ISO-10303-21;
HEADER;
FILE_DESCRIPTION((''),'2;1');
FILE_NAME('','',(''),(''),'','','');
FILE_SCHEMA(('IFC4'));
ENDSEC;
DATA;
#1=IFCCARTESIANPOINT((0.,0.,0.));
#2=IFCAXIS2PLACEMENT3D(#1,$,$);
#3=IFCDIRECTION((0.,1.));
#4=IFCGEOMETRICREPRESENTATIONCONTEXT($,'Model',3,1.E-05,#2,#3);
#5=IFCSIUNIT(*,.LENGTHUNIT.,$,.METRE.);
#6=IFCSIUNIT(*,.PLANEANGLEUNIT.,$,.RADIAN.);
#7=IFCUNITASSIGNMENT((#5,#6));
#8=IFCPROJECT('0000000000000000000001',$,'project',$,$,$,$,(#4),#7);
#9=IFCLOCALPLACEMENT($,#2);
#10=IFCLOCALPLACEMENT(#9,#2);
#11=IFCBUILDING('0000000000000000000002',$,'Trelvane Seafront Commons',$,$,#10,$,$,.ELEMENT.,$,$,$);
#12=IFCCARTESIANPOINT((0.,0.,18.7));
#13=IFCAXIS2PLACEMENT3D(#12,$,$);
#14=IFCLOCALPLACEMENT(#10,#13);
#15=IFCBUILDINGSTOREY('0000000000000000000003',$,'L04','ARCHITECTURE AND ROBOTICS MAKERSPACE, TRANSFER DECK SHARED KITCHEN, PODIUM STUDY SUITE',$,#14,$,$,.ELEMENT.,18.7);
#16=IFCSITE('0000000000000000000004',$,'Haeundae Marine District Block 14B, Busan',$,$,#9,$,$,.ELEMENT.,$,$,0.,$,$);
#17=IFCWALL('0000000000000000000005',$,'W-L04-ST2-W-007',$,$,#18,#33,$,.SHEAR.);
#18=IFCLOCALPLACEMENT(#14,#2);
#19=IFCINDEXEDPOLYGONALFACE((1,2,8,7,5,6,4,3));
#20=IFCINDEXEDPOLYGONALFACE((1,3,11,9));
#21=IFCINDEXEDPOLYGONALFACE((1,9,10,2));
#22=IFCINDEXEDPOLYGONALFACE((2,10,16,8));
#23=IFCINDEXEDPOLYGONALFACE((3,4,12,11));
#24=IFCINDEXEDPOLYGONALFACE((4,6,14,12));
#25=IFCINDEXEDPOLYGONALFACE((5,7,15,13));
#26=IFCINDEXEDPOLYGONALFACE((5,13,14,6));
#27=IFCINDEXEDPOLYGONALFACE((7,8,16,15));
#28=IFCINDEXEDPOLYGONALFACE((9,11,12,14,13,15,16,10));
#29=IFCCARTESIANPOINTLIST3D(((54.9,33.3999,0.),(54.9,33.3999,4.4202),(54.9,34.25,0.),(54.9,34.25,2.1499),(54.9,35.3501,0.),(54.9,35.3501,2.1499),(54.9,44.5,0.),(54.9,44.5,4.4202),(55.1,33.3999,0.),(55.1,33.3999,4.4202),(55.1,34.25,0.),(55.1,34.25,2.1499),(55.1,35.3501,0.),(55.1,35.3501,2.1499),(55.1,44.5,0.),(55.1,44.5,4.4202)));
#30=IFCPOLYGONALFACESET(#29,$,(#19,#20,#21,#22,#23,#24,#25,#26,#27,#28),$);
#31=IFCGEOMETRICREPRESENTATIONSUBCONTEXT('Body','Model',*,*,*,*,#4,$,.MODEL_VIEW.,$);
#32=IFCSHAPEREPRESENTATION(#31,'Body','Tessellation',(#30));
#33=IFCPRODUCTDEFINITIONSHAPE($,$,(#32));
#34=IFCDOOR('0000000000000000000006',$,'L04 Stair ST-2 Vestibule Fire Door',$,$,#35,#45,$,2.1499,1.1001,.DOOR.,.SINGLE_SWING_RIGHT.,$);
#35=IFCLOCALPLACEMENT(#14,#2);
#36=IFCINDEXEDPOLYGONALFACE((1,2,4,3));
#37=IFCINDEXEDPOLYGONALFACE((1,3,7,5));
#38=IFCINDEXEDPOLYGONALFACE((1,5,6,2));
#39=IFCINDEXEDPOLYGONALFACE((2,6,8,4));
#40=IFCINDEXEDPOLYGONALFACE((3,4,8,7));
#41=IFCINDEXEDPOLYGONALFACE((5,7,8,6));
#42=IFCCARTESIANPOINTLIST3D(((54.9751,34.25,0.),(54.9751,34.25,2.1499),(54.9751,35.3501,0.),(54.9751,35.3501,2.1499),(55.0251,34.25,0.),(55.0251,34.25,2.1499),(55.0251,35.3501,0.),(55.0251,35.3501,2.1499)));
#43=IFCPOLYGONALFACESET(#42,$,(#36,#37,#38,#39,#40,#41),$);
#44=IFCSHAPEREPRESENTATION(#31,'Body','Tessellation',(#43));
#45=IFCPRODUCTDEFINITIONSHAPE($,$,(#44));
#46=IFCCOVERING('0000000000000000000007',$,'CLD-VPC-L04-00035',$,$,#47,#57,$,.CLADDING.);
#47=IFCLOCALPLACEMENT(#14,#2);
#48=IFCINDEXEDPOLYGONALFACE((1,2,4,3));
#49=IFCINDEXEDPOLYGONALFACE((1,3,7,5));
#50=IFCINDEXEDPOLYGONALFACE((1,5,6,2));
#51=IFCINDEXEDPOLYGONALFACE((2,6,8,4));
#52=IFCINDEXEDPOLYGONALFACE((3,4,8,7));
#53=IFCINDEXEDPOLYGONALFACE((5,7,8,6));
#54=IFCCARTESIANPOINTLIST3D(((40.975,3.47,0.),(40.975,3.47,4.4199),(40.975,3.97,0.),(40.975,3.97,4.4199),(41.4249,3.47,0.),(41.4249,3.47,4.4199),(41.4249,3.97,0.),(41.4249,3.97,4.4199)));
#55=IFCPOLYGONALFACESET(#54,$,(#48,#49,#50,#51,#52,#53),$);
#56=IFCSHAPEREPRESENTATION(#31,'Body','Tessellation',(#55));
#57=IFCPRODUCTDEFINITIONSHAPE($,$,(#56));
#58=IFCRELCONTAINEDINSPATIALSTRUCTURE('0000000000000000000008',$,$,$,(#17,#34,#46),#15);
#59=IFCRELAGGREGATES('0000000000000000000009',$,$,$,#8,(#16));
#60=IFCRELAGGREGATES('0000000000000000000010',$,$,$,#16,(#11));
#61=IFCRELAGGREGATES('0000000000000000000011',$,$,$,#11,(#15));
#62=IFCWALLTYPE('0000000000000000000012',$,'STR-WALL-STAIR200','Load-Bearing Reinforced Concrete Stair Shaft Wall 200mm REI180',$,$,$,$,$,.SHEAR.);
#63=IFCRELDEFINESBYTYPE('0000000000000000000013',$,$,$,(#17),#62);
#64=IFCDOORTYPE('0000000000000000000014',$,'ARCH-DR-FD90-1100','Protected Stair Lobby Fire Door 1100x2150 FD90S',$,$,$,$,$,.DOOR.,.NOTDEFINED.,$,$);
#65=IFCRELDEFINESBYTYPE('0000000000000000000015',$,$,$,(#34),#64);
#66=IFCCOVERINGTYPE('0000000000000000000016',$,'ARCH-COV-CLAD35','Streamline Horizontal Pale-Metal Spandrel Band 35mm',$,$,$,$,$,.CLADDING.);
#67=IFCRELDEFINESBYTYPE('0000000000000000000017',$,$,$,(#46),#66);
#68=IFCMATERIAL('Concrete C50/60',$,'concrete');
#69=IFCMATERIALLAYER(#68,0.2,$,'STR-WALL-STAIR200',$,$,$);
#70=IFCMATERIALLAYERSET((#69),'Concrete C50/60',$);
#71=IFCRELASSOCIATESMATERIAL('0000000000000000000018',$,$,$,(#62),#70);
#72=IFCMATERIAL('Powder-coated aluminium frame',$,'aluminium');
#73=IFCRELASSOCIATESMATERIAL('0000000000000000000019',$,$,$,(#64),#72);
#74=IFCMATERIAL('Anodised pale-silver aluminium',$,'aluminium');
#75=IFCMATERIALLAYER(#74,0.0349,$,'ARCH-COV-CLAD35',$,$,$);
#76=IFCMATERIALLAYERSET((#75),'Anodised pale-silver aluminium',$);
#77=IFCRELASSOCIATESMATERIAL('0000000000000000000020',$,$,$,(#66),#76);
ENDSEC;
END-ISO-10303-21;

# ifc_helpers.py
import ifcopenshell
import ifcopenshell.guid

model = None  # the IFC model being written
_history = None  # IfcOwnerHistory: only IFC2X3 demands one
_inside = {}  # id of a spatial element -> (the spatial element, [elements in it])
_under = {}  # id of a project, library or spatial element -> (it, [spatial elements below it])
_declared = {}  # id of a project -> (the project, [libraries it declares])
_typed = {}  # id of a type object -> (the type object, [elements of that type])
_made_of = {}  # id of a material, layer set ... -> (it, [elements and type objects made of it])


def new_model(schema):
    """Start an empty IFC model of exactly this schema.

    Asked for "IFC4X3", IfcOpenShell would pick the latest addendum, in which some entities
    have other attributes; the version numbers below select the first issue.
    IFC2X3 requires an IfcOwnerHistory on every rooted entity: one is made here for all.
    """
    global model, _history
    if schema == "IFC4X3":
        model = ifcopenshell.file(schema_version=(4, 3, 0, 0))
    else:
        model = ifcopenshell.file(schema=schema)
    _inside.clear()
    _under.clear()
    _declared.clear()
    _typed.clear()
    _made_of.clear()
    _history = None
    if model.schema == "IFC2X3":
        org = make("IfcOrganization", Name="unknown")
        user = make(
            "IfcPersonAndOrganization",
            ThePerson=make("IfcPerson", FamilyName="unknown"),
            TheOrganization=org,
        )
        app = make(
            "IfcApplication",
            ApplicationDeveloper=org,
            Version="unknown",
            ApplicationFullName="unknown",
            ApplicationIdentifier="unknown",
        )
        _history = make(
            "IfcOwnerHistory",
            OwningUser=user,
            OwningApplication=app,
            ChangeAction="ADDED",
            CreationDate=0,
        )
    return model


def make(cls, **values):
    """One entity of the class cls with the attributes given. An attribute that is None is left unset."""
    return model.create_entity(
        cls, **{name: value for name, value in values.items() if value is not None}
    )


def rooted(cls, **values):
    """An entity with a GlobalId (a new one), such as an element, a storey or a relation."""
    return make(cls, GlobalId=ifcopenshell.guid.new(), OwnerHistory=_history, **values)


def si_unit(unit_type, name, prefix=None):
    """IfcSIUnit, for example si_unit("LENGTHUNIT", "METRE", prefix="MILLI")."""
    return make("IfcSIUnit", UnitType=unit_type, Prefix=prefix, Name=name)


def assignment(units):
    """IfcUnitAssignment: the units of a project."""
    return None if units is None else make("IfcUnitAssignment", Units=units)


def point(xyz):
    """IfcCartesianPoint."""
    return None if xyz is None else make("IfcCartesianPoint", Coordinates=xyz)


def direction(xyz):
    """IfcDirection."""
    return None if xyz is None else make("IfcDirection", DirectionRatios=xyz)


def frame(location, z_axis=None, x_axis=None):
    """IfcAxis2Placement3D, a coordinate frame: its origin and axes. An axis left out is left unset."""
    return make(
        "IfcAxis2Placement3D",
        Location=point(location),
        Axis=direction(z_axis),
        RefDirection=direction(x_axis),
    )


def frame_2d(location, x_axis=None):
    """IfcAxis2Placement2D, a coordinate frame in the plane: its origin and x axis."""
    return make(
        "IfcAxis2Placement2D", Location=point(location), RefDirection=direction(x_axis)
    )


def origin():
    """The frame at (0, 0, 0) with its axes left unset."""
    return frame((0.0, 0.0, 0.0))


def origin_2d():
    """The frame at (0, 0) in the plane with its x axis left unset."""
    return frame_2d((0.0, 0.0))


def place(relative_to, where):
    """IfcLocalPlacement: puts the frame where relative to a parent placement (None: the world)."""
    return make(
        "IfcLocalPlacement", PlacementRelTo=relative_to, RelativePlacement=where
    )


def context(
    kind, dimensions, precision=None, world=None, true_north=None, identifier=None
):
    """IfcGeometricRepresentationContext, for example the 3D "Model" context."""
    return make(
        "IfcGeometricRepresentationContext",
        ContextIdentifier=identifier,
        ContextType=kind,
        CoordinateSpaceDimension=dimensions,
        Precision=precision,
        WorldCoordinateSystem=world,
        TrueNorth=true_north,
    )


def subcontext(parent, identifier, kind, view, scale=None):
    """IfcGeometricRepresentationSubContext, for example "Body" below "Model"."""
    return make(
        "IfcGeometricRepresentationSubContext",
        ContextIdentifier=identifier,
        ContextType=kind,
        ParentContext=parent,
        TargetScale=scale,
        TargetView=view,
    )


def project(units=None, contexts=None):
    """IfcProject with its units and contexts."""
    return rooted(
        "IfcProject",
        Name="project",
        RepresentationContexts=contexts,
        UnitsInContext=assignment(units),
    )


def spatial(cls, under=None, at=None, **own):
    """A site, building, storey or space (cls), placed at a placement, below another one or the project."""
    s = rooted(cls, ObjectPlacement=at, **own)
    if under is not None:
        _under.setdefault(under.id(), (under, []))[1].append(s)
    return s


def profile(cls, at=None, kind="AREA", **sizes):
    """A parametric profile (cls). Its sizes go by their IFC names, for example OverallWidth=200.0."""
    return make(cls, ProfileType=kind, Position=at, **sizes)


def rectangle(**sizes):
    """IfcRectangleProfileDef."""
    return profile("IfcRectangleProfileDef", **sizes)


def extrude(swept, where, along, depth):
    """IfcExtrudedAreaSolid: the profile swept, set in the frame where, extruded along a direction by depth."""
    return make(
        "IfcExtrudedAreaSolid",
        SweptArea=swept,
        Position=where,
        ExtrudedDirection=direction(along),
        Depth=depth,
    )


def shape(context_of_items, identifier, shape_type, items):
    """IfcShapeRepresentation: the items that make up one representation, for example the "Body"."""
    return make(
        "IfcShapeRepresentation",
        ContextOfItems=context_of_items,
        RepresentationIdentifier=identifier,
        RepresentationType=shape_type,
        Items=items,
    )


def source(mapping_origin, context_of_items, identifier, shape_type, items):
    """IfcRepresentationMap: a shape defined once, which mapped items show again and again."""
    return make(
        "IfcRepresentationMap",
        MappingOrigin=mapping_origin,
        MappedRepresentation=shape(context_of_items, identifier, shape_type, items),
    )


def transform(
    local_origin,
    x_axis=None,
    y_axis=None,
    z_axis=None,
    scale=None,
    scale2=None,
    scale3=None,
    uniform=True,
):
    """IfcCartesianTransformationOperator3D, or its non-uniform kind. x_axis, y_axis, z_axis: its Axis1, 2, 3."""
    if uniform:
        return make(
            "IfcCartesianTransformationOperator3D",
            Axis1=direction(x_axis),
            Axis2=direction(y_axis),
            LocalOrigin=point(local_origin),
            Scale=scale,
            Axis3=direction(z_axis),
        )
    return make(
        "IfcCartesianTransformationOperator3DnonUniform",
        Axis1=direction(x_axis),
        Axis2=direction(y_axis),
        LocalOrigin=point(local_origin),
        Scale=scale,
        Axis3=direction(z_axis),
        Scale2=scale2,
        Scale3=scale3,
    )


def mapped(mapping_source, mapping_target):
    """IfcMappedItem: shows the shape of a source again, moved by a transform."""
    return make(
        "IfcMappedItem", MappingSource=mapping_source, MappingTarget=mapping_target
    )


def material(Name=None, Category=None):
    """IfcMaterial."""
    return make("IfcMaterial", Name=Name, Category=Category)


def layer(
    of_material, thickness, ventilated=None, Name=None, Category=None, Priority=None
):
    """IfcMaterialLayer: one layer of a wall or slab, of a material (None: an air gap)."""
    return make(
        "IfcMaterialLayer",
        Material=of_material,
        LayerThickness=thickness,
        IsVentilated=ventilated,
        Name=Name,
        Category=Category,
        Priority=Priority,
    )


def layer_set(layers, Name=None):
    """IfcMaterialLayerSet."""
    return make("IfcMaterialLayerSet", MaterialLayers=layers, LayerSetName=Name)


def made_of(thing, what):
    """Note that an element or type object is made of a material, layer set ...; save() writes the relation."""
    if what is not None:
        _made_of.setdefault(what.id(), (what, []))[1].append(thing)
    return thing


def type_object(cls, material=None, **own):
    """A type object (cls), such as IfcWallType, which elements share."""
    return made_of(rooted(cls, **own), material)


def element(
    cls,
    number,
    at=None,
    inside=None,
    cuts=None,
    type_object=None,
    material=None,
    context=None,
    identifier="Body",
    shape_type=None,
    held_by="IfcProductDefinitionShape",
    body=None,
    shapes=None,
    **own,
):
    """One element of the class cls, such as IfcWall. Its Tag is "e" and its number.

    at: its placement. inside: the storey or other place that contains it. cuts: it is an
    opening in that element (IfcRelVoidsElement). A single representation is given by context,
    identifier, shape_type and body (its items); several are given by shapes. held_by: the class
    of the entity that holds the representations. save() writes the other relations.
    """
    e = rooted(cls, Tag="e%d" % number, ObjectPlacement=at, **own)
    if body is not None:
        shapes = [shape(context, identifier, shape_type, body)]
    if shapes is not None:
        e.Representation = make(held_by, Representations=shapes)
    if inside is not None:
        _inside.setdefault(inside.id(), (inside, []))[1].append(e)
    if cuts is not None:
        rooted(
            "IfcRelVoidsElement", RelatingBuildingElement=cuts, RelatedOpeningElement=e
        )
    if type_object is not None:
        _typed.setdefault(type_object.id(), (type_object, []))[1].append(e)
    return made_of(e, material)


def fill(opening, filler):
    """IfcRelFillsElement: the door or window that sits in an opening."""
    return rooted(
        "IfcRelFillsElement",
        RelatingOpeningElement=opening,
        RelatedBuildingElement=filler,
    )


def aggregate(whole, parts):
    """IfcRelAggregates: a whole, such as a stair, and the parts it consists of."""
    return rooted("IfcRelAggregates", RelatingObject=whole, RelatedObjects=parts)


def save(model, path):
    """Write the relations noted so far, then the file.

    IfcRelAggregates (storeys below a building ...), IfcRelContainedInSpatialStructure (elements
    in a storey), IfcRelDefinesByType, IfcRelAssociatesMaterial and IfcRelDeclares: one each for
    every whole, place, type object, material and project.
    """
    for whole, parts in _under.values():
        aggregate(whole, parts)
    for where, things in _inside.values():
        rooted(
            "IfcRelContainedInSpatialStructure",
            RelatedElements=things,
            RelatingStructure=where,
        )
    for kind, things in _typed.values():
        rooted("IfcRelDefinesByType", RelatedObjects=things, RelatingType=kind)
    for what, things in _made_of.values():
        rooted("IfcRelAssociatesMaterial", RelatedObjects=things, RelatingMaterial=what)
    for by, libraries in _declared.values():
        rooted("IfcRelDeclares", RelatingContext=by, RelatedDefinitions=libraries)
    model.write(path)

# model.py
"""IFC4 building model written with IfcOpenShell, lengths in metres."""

from ifc_helpers import new_model, si_unit, direction, frame, frame_2d, origin, origin_2d, place, context, subcontext, project, spatial, rectangle, extrude, source, transform, mapped, material, layer, layer_set, type_object, element, fill, save


model = new_model("IFC4")

# Units and contexts
model_context = context("Model", 3, precision=1e-05, world=origin(), true_north=direction((0.0, 1.0)))
body_context = subcontext(model_context, "Body", "Model", "MODEL_VIEW")
ifc_project = project(units=[si_unit("LENGTHUNIT", "METRE"), si_unit("PLANEANGLEUNIT", "RADIAN")], contexts=[model_context])

# Site, building, storey
site_placement = place(None, origin())
site = spatial("IfcSite", under=ifc_project, at=site_placement, Name="Haeundae Marine District Block 14B, Busan", CompositionType="ELEMENT", RefElevation=0.0)
building_placement = place(site_placement, origin())
building = spatial("IfcBuilding", under=site, at=building_placement, Name="Trelvane Seafront Commons", CompositionType="ELEMENT")
storey_placement = place(building_placement, frame((0.0, 0.0, 18.7)))
storey = spatial("IfcBuildingStorey", under=building, at=storey_placement, Name="L04", Description="ARCHITECTURE AND ROBOTICS MAKERSPACE, TRANSFER DECK SHARED KITCHEN, PODIUM STUDY SUITE", CompositionType="ELEMENT", Elevation=18.7)

# Shared definitions
ifc_material_1 = material(Name="Powder-coated aluminium frame", Category="aluminium")

# Shared definitions
ifc_material_2 = material(Name="Concrete C50/60", Category="concrete")
ifc_layer_1 = layer(ifc_material_2, 0.2, Name="STR-WALL-STAIR200")
ifc_layer_set_1 = layer_set([ifc_layer_1], Name="Concrete C50/60")
wall_type_1 = type_object("IfcWallType", Name="STR-WALL-STAIR200", Description="Load-Bearing Reinforced Concrete Stair Shaft Wall 200mm REI180", PredefinedType="SHEAR", material=ifc_layer_set_1)

# Wall, opening, door
wall_1_placement = place(storey_placement, frame((55.0, 33.3999, 0.0), z_axis=(0.0, 0.0, 1.0), x_axis=(0.0, 1.0, 0.0)))
wall_1 = element("IfcWall", 1, at=wall_1_placement, inside=storey, type_object=wall_type_1, Name="W-L04-ST2-W-007", PredefinedType="SHEAR", context=body_context, shape_type="SweptSolid", body=[
    extrude(rectangle(XDim=11.1001, YDim=0.2, at=frame_2d((5.55, 0.0))), origin(), (0.0, 0.0, 1.0), 4.4202),
])
opening_1_placement = place(wall_1_placement, frame((0.8501, 0.0, 0.0)))
opening_1 = element("IfcOpeningElement", 2, at=opening_1_placement, cuts=wall_1, PredefinedType="OPENING", context=body_context, shape_type="SweptSolid", body=[
    extrude(rectangle(XDim=1.1001, YDim=2.1499, at=frame_2d((0.55, 1.075))), frame((0.0, 0.1099, 0.0), z_axis=(0.0, -1.0, 0.0), x_axis=(1.0, 0.0, 0.0)), (0.0, 0.0, 1.0), 0.22),
])
door_type_1 = type_object("IfcDoorType", Name="ARCH-DR-FD90-1100", Description="Protected Stair Lobby Fire Door 1100x2150 FD90S", OperationType="NOTDEFINED", PredefinedType="DOOR", material=ifc_material_1)
shared_shape_1 = source(origin(), body_context, "Body", "SweptSolid", [
    extrude(rectangle(XDim=1.1001, YDim=2.1499, at=frame_2d((0.55, 1.075))), frame((0.0, 0.0249, 0.0), z_axis=(0.0, -1.0, 0.0), x_axis=(1.0, 0.0, 0.0)), (0.0, 0.0, 1.0), 0.05),
])
door_1_placement = place(opening_1_placement, origin())
door_1 = element("IfcDoor", 3, at=door_1_placement, inside=storey, type_object=door_type_1, Name="L04 Stair ST-2 Vestibule Fire Door", OperationType="SINGLE_SWING_RIGHT", OverallHeight=2.1499, OverallWidth=1.1001, PredefinedType="DOOR", context=body_context, shape_type="MappedRepresentation", body=[
    mapped(shared_shape_1, transform((0.0, 0.0, 0.0), x_axis=(1.0, 0.0, 0.0), y_axis=(0.0, 1.0, 0.0), z_axis=(0.0, 0.0, 1.0), scale=1.0)),
])
fill(opening_1, door_1)

# Covering
ifc_material_3 = material(Name="Anodised pale-silver aluminium", Category="aluminium")
ifc_layer_2 = layer(ifc_material_3, 0.0349, Name="ARCH-COV-CLAD35")
ifc_layer_set_2 = layer_set([ifc_layer_2], Name="Anodised pale-silver aluminium")
covering_type = type_object("IfcCoveringType", Name="ARCH-COV-CLAD35", Description="Streamline Horizontal Pale-Metal Spandrel Band 35mm", PredefinedType="CLADDING", material=ifc_layer_set_2)
shared_shape_2 = source(origin(), body_context, "Body", "SweptSolid", [
    extrude(rectangle(XDim=0.45, YDim=0.5, at=origin_2d()), origin(), (0.0, 0.0, 1.0), 4.4199),
])
covering_placement = place(storey_placement, frame((41.2, 3.72, 0.0), z_axis=(0.0, 0.0, 1.0), x_axis=(1.0, 0.0, 0.0)))
element("IfcCovering", 4, at=covering_placement, inside=storey, type_object=covering_type, Name="CLD-VPC-L04-00035", PredefinedType="CLADDING", context=body_context, shape_type="MappedRepresentation", body=[
    mapped(shared_shape_2, transform((0.0, 0.0, 0.0), x_axis=(1.0, 0.0, 0.0), y_axis=(0.0, 1.0, 0.0), z_axis=(0.0, 0.0, 1.0), scale=1.0)),
])

save(model, "model.ifc")
